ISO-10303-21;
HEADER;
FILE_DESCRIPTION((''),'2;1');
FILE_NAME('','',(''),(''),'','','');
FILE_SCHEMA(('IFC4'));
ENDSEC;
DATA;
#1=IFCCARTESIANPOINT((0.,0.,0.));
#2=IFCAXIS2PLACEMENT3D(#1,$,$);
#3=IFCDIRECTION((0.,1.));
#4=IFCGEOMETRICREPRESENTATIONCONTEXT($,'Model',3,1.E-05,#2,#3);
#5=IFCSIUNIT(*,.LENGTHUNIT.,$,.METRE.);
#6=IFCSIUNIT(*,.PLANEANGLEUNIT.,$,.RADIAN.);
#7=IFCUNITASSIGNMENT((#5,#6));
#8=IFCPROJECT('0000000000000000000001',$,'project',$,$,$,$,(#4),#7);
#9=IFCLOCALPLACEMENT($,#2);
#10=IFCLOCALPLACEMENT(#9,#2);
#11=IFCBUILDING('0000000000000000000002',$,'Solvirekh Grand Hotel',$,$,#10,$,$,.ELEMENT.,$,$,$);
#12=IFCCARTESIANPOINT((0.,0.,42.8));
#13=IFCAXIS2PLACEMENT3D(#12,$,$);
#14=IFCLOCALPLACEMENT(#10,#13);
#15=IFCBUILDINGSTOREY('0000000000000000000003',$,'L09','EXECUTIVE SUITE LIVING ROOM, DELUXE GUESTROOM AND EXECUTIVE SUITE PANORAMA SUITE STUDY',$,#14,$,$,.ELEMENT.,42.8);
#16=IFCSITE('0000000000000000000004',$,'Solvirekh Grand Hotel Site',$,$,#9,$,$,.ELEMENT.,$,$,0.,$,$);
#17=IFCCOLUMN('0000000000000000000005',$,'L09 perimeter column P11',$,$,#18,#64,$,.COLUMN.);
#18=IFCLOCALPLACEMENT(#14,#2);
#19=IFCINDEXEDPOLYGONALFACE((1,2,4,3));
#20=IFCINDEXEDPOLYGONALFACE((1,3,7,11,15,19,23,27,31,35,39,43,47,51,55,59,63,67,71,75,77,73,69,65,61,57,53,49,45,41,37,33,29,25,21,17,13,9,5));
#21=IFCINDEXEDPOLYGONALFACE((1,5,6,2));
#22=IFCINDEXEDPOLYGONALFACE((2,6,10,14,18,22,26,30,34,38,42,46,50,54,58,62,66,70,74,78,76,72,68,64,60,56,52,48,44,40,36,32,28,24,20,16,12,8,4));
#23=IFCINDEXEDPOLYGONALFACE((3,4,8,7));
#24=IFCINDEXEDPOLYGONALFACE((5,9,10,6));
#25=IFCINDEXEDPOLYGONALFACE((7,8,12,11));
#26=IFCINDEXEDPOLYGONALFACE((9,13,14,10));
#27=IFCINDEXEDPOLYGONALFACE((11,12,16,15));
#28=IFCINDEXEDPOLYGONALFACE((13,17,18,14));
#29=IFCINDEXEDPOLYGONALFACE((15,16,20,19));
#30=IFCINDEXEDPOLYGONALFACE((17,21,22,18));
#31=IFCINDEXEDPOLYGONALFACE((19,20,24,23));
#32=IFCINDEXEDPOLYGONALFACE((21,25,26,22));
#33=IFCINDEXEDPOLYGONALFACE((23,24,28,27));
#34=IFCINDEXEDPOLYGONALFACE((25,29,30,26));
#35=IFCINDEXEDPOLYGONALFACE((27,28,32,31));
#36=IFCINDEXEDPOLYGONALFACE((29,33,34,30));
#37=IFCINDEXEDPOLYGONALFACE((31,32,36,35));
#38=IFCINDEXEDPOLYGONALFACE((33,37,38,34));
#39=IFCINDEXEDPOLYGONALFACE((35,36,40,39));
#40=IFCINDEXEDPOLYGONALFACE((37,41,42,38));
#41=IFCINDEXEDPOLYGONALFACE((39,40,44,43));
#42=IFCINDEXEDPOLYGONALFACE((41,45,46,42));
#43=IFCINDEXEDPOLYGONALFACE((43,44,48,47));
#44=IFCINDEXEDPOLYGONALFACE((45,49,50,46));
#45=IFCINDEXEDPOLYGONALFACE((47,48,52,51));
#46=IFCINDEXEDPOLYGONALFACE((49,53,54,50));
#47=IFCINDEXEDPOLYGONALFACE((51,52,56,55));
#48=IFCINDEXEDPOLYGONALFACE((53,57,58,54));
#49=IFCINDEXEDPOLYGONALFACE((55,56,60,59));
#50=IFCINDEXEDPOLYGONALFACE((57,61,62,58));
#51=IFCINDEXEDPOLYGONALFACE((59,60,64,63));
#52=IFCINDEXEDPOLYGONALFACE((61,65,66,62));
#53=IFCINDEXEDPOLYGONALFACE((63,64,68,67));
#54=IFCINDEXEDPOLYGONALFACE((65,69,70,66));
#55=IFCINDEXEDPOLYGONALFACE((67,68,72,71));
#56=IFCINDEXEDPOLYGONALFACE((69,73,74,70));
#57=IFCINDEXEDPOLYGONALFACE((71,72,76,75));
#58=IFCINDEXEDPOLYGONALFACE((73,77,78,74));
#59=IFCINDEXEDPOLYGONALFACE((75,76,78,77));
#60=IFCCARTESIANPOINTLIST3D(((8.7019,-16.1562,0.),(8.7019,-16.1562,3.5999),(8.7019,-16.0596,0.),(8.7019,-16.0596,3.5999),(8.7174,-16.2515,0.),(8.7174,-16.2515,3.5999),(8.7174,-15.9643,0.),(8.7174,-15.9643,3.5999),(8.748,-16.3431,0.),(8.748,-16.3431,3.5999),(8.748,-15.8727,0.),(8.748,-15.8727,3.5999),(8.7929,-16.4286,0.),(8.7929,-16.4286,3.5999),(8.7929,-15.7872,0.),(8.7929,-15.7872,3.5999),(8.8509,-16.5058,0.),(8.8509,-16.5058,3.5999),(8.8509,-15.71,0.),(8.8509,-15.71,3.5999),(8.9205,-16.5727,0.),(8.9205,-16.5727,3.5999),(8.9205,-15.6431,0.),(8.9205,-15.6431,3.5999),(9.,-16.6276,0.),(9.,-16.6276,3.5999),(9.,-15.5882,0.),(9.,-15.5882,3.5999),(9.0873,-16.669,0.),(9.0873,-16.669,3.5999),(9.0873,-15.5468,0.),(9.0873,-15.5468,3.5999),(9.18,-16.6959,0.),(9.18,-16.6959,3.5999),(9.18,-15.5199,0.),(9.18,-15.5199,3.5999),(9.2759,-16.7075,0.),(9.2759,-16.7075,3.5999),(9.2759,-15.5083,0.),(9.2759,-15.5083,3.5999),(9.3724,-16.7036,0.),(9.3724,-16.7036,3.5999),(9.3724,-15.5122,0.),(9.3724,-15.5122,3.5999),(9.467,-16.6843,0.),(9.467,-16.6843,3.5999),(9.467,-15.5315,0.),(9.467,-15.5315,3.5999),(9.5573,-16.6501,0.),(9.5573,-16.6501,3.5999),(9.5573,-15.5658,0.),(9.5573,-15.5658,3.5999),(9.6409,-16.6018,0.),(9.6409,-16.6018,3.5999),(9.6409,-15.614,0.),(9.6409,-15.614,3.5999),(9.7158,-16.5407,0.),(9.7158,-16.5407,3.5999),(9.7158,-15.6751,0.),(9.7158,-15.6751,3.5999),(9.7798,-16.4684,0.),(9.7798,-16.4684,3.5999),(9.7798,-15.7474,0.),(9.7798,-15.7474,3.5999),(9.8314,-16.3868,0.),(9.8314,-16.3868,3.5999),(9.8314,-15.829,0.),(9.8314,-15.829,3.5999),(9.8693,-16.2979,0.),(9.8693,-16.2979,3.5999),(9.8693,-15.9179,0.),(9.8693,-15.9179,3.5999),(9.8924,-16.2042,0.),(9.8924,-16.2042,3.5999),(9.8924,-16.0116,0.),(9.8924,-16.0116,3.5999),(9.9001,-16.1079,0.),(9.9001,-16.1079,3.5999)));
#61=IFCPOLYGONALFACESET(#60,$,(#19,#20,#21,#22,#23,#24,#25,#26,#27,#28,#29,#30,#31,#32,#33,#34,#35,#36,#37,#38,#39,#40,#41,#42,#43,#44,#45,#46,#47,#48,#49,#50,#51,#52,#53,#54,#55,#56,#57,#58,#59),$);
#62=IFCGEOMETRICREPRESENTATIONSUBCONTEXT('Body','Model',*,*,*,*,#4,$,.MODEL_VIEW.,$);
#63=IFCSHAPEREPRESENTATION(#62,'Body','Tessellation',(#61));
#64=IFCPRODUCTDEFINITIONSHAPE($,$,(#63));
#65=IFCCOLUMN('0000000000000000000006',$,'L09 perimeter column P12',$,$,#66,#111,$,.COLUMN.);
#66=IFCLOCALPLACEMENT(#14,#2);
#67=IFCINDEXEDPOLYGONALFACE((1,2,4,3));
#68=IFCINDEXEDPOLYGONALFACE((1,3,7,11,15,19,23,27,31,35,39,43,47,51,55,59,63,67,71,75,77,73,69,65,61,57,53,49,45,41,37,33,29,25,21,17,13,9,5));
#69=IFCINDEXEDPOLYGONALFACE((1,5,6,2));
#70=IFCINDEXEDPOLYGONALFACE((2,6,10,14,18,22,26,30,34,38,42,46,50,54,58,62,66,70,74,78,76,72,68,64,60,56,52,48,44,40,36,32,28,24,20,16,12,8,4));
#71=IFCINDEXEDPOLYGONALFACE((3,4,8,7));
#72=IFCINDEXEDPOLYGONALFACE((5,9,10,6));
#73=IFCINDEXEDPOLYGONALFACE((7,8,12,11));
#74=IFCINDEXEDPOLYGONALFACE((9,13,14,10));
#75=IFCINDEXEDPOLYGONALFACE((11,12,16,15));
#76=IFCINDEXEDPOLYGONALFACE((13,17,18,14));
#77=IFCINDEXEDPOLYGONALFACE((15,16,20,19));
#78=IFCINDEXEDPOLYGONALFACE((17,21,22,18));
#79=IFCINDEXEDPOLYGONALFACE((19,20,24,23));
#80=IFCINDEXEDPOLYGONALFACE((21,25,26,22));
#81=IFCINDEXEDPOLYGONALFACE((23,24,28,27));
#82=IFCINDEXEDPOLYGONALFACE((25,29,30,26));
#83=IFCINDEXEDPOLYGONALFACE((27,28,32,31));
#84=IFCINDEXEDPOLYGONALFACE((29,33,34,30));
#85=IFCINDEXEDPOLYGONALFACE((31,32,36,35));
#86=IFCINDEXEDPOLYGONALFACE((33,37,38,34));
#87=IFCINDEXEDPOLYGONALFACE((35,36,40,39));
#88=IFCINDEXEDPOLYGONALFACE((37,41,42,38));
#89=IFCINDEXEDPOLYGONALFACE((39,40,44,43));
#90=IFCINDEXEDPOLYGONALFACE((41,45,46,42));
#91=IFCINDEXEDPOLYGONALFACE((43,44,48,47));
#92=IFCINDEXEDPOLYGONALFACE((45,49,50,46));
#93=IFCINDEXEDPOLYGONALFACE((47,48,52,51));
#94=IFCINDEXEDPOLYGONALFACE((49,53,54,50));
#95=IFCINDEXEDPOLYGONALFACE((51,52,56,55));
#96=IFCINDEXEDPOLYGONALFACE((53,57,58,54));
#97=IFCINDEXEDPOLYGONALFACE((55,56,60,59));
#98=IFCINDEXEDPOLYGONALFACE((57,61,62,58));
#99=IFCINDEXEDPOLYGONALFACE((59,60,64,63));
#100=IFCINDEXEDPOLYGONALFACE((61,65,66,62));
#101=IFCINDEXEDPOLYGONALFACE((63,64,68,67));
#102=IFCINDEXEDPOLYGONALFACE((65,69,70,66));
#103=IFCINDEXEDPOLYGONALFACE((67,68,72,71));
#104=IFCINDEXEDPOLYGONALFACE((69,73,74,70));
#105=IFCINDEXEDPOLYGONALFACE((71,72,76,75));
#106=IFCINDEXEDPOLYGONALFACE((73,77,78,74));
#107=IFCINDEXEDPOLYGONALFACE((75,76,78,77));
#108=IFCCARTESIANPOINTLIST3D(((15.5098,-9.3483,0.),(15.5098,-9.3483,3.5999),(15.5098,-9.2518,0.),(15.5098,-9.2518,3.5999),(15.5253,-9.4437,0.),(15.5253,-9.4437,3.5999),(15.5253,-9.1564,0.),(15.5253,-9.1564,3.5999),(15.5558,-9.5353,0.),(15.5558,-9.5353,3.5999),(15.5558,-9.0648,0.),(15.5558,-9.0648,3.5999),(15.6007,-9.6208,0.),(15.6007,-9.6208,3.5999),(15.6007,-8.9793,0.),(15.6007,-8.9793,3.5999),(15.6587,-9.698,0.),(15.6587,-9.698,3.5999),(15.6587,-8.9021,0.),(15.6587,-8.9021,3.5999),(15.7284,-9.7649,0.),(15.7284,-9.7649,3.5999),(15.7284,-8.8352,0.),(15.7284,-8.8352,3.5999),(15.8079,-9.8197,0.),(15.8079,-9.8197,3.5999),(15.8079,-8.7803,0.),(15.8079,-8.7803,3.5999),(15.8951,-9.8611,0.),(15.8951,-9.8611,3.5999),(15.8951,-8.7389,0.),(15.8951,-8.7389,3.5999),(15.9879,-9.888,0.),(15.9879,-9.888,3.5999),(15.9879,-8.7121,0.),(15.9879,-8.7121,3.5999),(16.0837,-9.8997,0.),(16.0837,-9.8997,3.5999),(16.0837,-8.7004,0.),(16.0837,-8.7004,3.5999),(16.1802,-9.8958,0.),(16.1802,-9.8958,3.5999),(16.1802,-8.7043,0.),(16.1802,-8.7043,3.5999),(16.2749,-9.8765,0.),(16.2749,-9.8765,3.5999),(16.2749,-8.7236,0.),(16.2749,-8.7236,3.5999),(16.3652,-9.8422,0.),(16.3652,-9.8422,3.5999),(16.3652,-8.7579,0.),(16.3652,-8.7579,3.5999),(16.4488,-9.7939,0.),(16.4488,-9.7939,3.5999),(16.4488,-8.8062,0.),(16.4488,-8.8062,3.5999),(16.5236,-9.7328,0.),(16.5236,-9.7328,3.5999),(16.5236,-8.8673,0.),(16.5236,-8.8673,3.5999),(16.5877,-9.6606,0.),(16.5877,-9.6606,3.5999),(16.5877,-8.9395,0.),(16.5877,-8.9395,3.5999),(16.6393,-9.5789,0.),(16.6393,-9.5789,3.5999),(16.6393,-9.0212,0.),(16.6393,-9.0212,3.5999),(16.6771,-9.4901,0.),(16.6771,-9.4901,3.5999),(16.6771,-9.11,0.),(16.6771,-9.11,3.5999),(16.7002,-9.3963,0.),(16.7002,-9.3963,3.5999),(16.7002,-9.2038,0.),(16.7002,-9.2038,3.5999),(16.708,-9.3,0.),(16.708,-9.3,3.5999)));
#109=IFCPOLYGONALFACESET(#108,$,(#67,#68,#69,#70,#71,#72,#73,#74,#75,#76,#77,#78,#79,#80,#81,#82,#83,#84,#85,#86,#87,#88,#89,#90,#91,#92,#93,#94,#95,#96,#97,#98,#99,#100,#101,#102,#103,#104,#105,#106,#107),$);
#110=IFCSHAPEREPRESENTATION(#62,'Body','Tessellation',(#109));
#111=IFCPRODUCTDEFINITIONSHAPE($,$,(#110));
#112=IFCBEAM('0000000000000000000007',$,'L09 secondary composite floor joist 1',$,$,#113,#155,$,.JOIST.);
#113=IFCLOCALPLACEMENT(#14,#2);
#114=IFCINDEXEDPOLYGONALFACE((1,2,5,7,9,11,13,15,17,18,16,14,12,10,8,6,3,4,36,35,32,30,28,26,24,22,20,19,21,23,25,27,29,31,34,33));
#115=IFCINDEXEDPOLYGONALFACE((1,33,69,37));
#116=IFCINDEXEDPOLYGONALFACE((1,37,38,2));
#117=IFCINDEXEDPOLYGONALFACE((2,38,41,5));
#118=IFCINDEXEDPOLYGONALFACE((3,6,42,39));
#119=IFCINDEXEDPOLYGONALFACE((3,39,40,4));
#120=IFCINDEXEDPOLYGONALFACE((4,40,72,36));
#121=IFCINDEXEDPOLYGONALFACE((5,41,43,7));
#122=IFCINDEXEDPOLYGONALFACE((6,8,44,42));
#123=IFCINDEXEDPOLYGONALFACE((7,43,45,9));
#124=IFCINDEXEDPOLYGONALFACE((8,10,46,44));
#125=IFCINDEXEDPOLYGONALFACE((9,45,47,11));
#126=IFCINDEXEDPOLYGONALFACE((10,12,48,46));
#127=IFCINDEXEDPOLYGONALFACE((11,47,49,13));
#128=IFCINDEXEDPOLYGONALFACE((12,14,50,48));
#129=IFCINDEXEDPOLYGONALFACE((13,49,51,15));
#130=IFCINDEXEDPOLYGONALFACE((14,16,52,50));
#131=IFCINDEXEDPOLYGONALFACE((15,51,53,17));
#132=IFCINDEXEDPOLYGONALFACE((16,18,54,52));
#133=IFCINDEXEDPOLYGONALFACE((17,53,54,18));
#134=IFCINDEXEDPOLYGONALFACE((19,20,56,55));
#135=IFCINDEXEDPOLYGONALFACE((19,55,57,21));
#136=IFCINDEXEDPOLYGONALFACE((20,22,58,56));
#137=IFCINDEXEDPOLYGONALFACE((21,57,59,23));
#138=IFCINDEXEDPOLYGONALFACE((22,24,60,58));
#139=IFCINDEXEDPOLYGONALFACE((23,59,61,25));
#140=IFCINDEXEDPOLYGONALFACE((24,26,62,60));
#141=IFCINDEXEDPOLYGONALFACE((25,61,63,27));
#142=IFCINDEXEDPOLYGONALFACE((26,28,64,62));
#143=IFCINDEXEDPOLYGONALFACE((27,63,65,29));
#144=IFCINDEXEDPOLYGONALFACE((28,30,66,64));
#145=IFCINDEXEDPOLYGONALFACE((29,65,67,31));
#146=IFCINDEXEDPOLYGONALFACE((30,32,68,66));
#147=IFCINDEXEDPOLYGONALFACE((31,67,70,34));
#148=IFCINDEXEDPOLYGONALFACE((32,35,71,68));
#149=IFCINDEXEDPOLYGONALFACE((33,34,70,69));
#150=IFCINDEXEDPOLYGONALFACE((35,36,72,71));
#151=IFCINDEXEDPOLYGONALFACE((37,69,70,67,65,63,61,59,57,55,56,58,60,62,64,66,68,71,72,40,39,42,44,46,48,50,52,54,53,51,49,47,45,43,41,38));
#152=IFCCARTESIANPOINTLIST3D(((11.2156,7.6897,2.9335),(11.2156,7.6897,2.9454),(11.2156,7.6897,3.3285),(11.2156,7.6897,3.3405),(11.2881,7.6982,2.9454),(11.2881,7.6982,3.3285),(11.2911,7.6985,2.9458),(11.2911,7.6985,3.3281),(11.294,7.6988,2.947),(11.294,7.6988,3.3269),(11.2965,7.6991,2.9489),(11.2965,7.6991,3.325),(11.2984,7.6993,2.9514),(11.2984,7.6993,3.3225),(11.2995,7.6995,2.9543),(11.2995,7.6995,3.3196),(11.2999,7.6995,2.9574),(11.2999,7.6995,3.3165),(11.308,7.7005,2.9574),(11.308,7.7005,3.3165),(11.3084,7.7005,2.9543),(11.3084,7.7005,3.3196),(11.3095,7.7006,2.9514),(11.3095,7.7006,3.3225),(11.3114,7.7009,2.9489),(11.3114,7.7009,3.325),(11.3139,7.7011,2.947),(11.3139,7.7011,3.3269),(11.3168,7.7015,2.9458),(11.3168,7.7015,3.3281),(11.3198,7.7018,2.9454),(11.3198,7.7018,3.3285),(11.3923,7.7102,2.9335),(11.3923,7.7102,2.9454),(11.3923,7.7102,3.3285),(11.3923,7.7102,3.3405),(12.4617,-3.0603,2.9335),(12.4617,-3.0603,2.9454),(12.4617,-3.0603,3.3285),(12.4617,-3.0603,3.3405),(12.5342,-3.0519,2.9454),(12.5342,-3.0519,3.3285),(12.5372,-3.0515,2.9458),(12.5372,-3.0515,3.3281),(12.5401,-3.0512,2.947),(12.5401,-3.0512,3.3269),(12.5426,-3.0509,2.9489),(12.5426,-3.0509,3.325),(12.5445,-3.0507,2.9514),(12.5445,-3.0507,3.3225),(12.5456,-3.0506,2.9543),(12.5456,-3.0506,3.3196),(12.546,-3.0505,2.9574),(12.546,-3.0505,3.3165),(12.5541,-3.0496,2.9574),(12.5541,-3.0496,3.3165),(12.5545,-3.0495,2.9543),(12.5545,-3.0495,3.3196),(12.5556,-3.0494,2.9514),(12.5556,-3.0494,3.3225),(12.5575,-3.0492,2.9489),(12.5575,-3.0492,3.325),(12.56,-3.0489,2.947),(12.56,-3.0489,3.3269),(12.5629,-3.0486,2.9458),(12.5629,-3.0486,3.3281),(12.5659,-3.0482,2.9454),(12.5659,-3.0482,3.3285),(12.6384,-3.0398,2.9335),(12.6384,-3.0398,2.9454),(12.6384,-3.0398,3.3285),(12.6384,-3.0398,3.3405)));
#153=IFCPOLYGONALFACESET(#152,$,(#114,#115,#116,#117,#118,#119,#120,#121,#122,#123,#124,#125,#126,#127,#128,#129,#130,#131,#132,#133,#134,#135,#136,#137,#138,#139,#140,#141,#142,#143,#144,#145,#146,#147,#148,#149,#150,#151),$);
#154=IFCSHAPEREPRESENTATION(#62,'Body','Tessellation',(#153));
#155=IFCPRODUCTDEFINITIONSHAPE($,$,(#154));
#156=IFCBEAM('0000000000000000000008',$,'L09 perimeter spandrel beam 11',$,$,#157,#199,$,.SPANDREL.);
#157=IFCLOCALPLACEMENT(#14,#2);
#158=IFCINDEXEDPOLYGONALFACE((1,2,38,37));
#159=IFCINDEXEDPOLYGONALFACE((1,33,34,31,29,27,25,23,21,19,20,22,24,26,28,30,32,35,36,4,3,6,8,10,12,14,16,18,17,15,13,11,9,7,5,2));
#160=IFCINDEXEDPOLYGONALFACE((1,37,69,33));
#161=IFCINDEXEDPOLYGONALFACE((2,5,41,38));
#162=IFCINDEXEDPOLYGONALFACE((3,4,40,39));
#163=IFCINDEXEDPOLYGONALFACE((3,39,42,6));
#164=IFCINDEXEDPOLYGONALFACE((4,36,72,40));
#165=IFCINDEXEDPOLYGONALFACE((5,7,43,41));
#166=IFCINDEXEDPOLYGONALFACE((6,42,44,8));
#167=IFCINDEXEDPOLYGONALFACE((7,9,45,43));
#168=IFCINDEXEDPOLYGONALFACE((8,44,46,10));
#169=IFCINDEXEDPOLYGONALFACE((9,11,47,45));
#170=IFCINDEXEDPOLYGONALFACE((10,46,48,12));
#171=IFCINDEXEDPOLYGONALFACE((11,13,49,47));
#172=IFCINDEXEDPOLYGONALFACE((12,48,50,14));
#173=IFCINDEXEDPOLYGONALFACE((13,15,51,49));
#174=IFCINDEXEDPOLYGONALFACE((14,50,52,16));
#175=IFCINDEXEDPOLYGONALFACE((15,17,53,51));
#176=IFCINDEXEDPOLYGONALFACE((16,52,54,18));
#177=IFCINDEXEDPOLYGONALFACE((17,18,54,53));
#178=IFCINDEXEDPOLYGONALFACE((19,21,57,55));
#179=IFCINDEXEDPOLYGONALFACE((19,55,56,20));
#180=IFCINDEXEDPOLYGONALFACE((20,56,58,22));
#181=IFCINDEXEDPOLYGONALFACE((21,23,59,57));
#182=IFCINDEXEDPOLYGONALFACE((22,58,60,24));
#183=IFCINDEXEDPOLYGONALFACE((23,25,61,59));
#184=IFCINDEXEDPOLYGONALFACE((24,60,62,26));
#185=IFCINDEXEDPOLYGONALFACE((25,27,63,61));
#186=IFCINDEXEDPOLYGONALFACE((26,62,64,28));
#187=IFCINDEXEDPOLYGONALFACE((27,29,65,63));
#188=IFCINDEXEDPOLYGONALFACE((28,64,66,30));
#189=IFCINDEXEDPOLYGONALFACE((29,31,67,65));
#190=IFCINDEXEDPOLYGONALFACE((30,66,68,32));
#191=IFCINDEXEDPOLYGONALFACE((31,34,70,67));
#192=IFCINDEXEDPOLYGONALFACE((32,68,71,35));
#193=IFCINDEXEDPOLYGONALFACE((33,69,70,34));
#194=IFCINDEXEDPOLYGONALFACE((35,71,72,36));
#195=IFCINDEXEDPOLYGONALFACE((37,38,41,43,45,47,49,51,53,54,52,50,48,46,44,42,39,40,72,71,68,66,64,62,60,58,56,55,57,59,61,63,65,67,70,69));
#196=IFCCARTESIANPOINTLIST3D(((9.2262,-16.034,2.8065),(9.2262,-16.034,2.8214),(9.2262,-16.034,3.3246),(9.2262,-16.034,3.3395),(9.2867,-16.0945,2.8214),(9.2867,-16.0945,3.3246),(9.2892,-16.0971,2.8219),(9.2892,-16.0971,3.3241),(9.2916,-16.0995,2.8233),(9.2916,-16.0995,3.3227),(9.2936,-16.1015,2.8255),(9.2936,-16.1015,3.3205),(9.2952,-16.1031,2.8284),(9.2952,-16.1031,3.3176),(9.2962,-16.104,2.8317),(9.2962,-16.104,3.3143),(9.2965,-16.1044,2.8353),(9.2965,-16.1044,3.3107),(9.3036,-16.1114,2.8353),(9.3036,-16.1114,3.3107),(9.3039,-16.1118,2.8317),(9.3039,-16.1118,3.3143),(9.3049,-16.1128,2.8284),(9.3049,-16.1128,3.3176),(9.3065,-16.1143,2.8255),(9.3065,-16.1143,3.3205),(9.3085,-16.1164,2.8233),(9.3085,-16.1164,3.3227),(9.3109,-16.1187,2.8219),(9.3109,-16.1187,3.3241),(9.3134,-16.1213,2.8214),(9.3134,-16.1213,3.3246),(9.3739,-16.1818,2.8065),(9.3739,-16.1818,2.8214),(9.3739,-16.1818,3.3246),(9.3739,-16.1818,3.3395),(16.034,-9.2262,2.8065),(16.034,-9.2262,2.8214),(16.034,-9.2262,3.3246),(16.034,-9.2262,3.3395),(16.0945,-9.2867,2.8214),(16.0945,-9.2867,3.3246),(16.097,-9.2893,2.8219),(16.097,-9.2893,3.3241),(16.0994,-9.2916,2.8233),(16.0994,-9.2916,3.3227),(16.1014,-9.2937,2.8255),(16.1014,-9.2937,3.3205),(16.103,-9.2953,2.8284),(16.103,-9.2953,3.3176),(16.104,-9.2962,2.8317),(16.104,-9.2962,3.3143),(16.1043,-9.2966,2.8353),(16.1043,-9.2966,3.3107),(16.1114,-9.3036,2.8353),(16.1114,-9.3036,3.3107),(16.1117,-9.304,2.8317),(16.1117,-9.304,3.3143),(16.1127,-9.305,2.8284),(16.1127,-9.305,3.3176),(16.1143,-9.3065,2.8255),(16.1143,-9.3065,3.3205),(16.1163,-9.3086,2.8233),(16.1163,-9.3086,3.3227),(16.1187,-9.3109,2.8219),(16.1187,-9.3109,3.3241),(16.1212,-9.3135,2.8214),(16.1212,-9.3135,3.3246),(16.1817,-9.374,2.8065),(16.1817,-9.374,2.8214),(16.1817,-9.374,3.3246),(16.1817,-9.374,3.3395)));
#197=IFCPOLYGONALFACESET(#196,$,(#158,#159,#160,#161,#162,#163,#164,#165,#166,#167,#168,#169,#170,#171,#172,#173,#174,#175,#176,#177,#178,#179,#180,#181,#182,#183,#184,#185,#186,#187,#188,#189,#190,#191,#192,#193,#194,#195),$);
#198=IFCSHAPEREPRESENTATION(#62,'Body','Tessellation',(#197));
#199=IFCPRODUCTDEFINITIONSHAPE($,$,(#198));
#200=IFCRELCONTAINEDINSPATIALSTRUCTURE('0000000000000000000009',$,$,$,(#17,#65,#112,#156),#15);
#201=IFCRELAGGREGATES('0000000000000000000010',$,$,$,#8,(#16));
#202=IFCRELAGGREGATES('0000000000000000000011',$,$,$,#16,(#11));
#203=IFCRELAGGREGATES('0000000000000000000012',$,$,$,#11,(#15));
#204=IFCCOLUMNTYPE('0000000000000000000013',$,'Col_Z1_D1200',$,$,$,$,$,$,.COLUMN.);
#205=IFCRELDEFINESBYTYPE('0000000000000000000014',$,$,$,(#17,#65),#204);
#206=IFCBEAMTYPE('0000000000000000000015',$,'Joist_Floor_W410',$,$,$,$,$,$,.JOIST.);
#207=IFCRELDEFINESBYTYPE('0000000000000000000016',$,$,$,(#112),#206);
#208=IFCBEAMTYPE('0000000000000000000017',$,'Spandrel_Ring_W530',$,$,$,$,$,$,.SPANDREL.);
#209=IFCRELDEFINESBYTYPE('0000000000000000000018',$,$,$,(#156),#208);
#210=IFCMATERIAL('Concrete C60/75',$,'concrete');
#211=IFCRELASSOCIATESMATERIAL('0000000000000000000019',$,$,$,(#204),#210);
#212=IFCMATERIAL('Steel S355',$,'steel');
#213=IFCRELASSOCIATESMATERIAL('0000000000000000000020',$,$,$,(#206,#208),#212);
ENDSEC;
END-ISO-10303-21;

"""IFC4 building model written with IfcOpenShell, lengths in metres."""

from ifc_helpers import new_model, si_unit, direction, frame, origin, origin_2d, place, context, subcontext, project, spatial, circle, i_section, extrude, material, material_profile, profile_set, type_object, element, save


model = new_model("IFC4")

# Units and contexts
model_context = context("Model", 3, precision=1e-05, world=origin(), true_north=direction((0.0, 1.0)))
body_context = subcontext(model_context, "Body", "Model", "MODEL_VIEW")
ifc_project = project(units=[si_unit("LENGTHUNIT", "METRE"), si_unit("PLANEANGLEUNIT", "RADIAN")], contexts=[model_context])

# Site, building, storey
site_placement = place(None, origin())
site = spatial("IfcSite", under=ifc_project, at=site_placement, Name="Solvirekh Grand Hotel Site", CompositionType="ELEMENT", RefElevation=0.0)
building_placement = place(site_placement, origin())
building = spatial("IfcBuilding", under=site, at=building_placement, Name="Solvirekh Grand Hotel", CompositionType="ELEMENT")
storey_placement = place(building_placement, frame((0.0, 0.0, 42.8)))
storey = spatial("IfcBuildingStorey", under=building, at=storey_placement, Name="L09", Description="EXECUTIVE SUITE LIVING ROOM, DELUXE GUESTROOM AND EXECUTIVE SUITE PANORAMA SUITE STUDY", CompositionType="ELEMENT", Elevation=42.8)

# Columns
ifc_material_1 = material(Name="Concrete C60/75", Category="concrete")
ifc_material_profile_1 = material_profile(ifc_material_1, circle(Radius=0.6001, at=origin_2d()), Name="RC CIRC D1200")
ifc_profile_set_1 = profile_set([ifc_material_profile_1], Name="Concrete C60/75")
column_type = type_object("IfcColumnType", Name="Col_Z1_D1200", PredefinedType="COLUMN", material=ifc_profile_set_1)
for number, where, z_axis, x_axis, name in (
    (1, (9.3, -16.1079, 0.0), (0.0, 0.0, 1.0), (1.0, 0.0, 0.0), "L09 perimeter column P11"),
    (2, (16.1079, -9.3, 0.0), (0.0, 0.0, 1.0), (1.0, 0.0, 0.0), "L09 perimeter column P12"),
):
    element("IfcColumn", number, at=place(storey_placement, frame(where, z_axis=z_axis, x_axis=x_axis)), inside=storey, type_object=column_type, Name=name, PredefinedType="COLUMN", context=body_context, shape_type="SweptSolid", body=[
        extrude(circle(Radius=0.6001, at=origin_2d()), origin(), (0.0, 0.0, 1.0), 3.5999),
    ])

# Beams
ifc_material_2 = material(Name="Steel S355", Category="steel")
ifc_material_profile_2 = material_profile(ifc_material_2, i_section(OverallWidth=0.178, OverallDepth=0.407, WebThickness=0.0081, FlangeThickness=0.012, FilletRadius=0.012, at=origin_2d()), Name="W410X60")
ifc_profile_set_2 = profile_set([ifc_material_profile_2], Name="Steel S355")
beam_type_1 = type_object("IfcBeamType", Name="Joist_Floor_W410", PredefinedType="JOIST", material=ifc_profile_set_2)
beam_1_placement = place(storey_placement, frame((12.55, -3.05, 3.137), z_axis=(-0.115145, 0.993349, 0.0), x_axis=(-0.993349, -0.115145, 0.0)))
element("IfcBeam", 3, at=beam_1_placement, inside=storey, type_object=beam_type_1, Name="L09 secondary composite floor joist 1", PredefinedType="JOIST", context=body_context, shape_type="SweptSolid", body=[
    extrude(i_section(OverallWidth=0.178, OverallDepth=0.407, WebThickness=0.0081, FlangeThickness=0.012, FilletRadius=0.012, at=origin_2d()), origin(), (0.0, 0.0, 1.0), 10.822),
])
ifc_material_profile_3 = material_profile(ifc_material_2, i_section(OverallWidth=0.209, OverallDepth=0.533, WebThickness=0.01, FlangeThickness=0.0149, FilletRadius=0.0139, at=origin_2d()), Name="W530X92")
ifc_profile_set_3 = profile_set([ifc_material_profile_3], Name="Steel S355")
beam_type_2 = type_object("IfcBeamType", Name="Spandrel_Ring_W530", PredefinedType="SPANDREL", material=ifc_profile_set_3)
beam_2_placement = place(storey_placement, frame((9.3, -16.1079, 3.073), z_axis=(0.707107, 0.707107, 0.0), x_axis=(-0.707107, 0.707107, 0.0)))
element("IfcBeam", 4, at=beam_2_placement, inside=storey, type_object=beam_type_2, Name="L09 perimeter spandrel beam 11", PredefinedType="SPANDREL", context=body_context, shape_type="SweptSolid", body=[
    extrude(i_section(OverallWidth=0.209, OverallDepth=0.533, WebThickness=0.01, FlangeThickness=0.0149, FilletRadius=0.0139, at=origin_2d()), origin(), (0.0, 0.0, 1.0), 9.6277),
])

save(model, "model.ifc")
